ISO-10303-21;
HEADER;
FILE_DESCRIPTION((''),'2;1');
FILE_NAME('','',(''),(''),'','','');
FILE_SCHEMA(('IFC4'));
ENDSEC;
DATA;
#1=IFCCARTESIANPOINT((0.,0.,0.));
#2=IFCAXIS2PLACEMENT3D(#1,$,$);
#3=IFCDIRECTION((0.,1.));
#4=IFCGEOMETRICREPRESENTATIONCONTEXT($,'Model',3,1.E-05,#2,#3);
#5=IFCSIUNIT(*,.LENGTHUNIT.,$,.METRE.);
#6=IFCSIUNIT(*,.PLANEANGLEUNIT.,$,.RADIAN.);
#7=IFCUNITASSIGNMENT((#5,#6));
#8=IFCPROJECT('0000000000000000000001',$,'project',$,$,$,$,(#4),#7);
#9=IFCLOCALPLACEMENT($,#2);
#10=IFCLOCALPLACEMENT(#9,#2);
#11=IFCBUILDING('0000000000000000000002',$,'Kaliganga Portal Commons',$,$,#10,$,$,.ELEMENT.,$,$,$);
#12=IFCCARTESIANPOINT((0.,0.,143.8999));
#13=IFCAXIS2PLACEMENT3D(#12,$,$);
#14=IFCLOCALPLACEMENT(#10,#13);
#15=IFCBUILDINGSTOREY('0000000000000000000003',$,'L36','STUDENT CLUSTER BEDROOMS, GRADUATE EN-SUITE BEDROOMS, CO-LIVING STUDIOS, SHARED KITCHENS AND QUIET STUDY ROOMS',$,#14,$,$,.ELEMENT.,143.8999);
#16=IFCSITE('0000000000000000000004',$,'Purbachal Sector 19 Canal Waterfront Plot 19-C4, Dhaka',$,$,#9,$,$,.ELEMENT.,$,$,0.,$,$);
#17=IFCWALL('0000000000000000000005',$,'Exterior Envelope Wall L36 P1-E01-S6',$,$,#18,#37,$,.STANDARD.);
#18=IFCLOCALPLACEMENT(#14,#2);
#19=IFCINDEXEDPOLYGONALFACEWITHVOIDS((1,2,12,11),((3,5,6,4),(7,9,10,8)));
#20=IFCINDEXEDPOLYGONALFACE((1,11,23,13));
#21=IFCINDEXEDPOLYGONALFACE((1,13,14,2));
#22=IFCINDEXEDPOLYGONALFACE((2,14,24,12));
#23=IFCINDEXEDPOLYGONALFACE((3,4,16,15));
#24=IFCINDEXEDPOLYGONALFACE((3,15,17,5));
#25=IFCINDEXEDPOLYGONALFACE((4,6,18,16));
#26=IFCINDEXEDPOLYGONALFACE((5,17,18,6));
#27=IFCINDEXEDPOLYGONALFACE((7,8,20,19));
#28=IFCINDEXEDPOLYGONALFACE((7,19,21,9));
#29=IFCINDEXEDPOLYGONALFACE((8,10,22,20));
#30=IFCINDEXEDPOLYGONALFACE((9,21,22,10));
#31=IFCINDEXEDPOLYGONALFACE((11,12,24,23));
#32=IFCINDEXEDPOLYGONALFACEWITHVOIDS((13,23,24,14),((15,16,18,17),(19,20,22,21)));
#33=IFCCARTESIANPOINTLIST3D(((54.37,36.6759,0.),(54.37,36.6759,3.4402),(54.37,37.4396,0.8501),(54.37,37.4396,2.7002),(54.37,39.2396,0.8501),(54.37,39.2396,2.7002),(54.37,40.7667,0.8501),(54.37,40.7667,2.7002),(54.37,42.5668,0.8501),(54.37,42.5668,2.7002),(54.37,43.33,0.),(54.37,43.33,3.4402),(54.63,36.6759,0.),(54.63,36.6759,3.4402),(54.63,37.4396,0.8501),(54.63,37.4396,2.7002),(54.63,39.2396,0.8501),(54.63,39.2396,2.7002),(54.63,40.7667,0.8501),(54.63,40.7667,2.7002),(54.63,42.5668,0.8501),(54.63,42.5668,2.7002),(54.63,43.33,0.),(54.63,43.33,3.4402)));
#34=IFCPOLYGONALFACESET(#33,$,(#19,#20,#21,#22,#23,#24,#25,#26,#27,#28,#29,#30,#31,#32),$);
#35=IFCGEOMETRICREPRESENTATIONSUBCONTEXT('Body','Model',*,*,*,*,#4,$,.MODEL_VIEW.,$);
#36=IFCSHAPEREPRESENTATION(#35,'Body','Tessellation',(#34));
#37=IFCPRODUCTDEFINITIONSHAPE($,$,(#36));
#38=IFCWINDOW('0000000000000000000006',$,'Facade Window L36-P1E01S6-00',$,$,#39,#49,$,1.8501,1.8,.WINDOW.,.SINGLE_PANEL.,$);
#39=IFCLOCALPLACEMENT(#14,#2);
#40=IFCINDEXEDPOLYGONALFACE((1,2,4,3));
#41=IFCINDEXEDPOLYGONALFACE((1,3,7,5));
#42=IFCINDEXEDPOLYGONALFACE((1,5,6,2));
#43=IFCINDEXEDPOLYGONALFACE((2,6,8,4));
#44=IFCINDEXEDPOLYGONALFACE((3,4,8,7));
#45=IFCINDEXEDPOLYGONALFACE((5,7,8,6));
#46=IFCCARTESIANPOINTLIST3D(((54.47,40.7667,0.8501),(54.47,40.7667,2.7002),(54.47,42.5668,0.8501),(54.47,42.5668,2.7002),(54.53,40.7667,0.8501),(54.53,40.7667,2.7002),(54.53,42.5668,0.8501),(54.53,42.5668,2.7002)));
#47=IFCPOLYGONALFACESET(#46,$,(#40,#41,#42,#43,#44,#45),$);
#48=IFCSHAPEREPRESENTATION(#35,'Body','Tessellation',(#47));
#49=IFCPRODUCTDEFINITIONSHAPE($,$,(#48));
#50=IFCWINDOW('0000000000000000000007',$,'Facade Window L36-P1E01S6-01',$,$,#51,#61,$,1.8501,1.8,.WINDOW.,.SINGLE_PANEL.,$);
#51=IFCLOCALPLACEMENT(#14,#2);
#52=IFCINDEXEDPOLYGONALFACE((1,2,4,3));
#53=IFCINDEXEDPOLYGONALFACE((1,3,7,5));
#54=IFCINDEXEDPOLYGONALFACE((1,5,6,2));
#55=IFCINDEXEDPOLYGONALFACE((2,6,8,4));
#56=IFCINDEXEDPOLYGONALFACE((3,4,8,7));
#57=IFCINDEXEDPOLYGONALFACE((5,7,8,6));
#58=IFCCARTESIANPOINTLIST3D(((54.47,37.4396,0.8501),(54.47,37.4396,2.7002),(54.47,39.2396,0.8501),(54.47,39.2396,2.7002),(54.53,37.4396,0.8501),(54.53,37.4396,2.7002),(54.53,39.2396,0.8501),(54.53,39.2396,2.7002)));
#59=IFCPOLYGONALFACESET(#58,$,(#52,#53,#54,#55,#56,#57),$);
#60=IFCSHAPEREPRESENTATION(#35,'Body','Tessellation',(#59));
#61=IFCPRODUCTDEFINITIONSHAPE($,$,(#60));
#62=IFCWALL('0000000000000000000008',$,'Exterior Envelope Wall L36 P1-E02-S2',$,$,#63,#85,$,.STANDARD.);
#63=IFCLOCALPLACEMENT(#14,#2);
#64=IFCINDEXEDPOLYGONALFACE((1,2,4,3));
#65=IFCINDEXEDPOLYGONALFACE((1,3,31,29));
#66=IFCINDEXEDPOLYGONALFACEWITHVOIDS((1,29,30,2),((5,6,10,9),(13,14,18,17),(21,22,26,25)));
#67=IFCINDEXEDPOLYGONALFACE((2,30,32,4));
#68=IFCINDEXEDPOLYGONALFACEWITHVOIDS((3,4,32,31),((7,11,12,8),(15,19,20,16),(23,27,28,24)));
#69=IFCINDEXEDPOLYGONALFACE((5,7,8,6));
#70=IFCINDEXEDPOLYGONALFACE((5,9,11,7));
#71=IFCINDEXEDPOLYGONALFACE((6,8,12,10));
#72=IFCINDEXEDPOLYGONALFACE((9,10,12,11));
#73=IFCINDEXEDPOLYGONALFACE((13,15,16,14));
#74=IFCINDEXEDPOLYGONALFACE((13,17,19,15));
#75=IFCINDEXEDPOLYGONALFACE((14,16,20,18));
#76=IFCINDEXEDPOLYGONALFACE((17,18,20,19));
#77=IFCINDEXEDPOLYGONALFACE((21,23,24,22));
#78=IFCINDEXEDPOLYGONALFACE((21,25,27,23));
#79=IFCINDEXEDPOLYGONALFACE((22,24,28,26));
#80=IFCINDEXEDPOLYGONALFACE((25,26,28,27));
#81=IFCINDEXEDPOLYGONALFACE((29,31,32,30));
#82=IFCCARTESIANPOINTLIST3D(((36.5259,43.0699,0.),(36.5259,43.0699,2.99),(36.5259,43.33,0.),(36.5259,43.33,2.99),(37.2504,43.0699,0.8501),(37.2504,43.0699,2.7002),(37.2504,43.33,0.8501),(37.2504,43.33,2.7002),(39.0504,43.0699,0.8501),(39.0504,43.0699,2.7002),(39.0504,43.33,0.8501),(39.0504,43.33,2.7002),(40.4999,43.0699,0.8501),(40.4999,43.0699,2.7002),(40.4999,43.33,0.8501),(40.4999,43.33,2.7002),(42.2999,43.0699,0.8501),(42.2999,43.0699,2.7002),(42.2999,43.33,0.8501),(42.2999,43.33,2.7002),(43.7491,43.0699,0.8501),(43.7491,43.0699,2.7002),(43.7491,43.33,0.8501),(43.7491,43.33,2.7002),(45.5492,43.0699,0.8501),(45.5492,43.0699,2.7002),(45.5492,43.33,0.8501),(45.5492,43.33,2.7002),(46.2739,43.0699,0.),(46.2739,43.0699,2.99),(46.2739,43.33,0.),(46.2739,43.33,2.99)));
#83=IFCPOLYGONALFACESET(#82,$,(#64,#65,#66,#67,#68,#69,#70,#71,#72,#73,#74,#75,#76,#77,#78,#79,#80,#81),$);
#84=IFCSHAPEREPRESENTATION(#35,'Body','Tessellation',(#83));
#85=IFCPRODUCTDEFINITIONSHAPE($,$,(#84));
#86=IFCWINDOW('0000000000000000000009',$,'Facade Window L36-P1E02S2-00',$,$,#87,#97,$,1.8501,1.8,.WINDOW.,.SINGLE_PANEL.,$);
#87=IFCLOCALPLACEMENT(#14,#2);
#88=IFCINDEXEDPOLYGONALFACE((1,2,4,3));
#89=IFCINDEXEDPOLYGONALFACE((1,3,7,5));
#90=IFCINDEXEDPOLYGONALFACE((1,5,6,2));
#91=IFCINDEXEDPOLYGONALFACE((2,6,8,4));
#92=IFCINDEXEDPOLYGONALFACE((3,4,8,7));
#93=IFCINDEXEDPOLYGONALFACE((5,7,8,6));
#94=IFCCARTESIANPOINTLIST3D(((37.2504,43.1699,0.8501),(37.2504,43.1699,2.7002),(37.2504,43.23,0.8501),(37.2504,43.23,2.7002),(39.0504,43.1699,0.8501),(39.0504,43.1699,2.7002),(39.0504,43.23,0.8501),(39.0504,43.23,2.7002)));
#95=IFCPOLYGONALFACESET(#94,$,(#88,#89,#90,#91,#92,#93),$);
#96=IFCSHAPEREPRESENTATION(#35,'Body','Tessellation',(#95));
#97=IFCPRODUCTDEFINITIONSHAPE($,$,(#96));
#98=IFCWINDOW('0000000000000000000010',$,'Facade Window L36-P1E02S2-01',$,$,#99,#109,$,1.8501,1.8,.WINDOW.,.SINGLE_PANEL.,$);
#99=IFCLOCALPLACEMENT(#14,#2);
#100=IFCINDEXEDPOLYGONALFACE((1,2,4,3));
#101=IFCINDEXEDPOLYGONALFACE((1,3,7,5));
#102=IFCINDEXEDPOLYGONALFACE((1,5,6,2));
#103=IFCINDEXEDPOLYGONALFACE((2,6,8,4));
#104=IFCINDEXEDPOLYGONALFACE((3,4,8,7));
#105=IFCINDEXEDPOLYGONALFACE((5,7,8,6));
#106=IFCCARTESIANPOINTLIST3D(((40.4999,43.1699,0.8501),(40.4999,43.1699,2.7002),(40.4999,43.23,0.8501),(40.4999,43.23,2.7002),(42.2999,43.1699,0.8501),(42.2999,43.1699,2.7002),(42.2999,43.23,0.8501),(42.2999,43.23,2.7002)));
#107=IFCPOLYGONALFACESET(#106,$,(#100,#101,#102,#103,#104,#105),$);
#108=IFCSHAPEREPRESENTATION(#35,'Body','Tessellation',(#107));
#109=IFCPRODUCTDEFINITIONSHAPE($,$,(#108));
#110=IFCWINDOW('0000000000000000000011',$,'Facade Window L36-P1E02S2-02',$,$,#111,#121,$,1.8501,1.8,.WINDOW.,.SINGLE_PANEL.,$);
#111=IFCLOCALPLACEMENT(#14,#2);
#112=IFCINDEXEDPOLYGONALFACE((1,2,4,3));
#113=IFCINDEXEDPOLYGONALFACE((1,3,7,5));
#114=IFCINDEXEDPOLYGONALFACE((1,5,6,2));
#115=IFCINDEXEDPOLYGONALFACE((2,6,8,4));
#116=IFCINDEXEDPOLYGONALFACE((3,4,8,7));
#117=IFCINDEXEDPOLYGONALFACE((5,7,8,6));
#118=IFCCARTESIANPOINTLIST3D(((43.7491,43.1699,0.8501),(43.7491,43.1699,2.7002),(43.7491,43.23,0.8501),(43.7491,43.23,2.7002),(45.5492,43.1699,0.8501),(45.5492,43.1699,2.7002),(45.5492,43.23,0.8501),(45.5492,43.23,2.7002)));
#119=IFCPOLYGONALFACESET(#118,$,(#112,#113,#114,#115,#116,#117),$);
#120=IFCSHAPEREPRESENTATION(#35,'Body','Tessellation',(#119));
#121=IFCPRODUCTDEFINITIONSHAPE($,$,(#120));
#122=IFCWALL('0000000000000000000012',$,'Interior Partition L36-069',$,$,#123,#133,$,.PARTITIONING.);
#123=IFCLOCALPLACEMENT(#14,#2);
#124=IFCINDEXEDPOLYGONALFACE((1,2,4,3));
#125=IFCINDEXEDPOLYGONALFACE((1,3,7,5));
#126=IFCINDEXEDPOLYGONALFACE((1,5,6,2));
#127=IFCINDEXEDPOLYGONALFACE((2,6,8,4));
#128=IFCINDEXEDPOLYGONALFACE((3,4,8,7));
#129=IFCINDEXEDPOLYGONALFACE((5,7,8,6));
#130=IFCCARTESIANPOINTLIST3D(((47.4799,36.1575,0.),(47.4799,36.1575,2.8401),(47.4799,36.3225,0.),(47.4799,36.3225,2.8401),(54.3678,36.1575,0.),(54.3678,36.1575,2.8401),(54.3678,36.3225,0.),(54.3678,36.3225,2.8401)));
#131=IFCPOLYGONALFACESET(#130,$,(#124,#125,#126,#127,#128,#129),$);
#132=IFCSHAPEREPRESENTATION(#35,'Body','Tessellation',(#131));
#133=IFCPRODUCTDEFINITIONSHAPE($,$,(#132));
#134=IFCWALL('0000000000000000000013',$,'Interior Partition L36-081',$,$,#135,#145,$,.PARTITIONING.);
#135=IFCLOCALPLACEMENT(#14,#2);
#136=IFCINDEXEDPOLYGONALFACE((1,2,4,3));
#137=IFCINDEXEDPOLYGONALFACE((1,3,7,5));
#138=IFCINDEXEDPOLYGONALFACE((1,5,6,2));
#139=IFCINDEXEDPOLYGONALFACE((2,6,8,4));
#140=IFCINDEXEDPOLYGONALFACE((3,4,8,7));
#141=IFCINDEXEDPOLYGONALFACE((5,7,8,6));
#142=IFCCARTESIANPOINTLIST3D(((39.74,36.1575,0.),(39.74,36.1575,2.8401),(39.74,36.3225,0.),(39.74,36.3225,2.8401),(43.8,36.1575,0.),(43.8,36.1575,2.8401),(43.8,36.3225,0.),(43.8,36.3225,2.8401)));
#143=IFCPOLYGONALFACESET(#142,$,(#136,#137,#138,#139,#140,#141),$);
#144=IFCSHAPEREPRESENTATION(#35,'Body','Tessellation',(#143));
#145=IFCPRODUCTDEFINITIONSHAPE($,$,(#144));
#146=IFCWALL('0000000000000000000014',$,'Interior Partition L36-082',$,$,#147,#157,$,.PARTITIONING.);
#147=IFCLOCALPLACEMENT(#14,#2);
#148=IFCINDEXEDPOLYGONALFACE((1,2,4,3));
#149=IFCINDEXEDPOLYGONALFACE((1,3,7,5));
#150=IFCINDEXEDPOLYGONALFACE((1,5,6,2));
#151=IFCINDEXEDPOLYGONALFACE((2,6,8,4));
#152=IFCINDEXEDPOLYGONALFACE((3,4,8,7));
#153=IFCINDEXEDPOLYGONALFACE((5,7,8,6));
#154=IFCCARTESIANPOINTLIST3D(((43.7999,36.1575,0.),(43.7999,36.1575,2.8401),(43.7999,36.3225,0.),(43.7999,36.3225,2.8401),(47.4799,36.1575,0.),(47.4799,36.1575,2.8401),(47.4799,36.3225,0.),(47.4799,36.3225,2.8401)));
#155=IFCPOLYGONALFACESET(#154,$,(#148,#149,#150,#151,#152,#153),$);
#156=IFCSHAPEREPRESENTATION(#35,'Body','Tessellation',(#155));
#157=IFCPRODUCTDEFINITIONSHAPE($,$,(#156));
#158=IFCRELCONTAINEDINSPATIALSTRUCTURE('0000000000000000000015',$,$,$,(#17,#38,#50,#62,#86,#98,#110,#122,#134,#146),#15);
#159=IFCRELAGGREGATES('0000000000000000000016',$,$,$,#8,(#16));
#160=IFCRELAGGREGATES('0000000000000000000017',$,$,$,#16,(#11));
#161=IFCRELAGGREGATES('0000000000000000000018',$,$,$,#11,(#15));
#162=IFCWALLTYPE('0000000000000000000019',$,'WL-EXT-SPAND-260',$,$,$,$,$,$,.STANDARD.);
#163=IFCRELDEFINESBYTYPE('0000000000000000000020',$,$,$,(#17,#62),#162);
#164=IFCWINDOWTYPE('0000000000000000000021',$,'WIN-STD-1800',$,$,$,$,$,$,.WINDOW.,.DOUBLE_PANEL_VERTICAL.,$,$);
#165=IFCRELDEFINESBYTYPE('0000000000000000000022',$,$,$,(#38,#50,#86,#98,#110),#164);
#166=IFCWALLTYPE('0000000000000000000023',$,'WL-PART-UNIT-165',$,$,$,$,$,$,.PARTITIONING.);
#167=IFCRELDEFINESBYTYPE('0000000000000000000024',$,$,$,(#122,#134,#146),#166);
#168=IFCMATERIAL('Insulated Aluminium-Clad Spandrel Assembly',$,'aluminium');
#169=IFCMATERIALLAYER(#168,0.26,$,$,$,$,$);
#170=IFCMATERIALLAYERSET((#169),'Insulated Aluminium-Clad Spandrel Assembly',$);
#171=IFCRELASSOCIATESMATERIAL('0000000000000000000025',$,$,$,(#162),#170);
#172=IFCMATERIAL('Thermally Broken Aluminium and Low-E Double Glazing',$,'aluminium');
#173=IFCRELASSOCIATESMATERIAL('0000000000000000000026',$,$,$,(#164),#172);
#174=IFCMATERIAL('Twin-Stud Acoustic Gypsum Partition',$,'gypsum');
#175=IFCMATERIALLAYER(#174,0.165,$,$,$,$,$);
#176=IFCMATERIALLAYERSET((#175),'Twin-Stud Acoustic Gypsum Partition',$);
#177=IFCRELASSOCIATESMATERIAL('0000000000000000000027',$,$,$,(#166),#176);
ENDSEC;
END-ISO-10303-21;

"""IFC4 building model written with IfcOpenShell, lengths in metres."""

from ifc_helpers import new_model, si_unit, direction, frame, frame_2d, origin, place, context, subcontext, project, spatial, rectangle, extrude, material, layer, layer_set, type_object, element, fill, save


model = new_model("IFC4")

# Units and contexts
model_context = context("Model", 3, precision=1e-05, world=origin(), true_north=direction((0.0, 1.0)))
body_context = subcontext(model_context, "Body", "Model", "MODEL_VIEW")
ifc_project = project(units=[si_unit("LENGTHUNIT", "METRE"), si_unit("PLANEANGLEUNIT", "RADIAN")], contexts=[model_context])

# Site, building, storey
site_placement = place(None, origin())
site = spatial("IfcSite", under=ifc_project, at=site_placement, Name="Purbachal Sector 19 Canal Waterfront Plot 19-C4, Dhaka", CompositionType="ELEMENT", RefElevation=0.0)
building_placement = place(site_placement, origin())
building = spatial("IfcBuilding", under=site, at=building_placement, Name="Kaliganga Portal Commons", CompositionType="ELEMENT")
storey_placement = place(building_placement, frame((0.0, 0.0, 143.8999)))
storey = spatial("IfcBuildingStorey", under=building, at=storey_placement, Name="L36", Description="STUDENT CLUSTER BEDROOMS, GRADUATE EN-SUITE BEDROOMS, CO-LIVING STUDIOS, SHARED KITCHENS AND QUIET STUDY ROOMS", CompositionType="ELEMENT", Elevation=143.8999)

# Wall, openings, windows
ifc_material_1 = material(Name="Insulated Aluminium-Clad Spandrel Assembly", Category="aluminium")
ifc_layer_1 = layer(ifc_material_1, 0.26)
ifc_layer_set_1 = layer_set([ifc_layer_1], Name="Insulated Aluminium-Clad Spandrel Assembly")
wall_type_1 = type_object("IfcWallType", Name="WL-EXT-SPAND-260", PredefinedType="STANDARD", material=ifc_layer_set_1)
ifc_material_2 = material(Name="Thermally Broken Aluminium and Low-E Double Glazing", Category="aluminium")
window_type = type_object("IfcWindowType", Name="WIN-STD-1800", PartitioningType="DOUBLE_PANEL_VERTICAL", PredefinedType="WINDOW", material=ifc_material_2)
wall_1_placement = place(storey_placement, frame((54.5, 43.3301, 0.0), z_axis=(0.0, 0.0, 1.0), x_axis=(0.0, -1.0, 0.0)))
wall_1 = element("IfcWall", 1, at=wall_1_placement, inside=storey, type_object=wall_type_1, Name="Exterior Envelope Wall L36 P1-E01-S6", PredefinedType="STANDARD", context=body_context, shape_type="SweptSolid", body=[
    extrude(rectangle(XDim=6.6541, YDim=0.26, at=frame_2d((3.3271, 0.0))), origin(), (0.0, 0.0, 1.0), 3.4402),
])
opening_1_placement = place(wall_1_placement, frame((0.7634, 0.0, 0.8501)))
opening_1 = element("IfcOpeningElement", 2, at=opening_1_placement, cuts=wall_1, PredefinedType="OPENING", context=body_context, shape_type="SweptSolid", body=[
    extrude(rectangle(XDim=1.8, YDim=1.8501, at=frame_2d((0.8999, 0.925))), frame((0.0, 0.1401, 0.0), z_axis=(0.0, -1.0, 0.0), x_axis=(1.0, 0.0, 0.0)), (0.0, 0.0, 1.0), 0.28),
])
opening_2_placement = place(wall_1_placement, frame((4.0906, 0.0, 0.8501)))
opening_2 = element("IfcOpeningElement", 3, at=opening_2_placement, cuts=wall_1, PredefinedType="OPENING", context=body_context, shape_type="SweptSolid", body=[
    extrude(rectangle(XDim=1.8, YDim=1.8501, at=frame_2d((0.8999, 0.925))), frame((0.0, 0.1401, 0.0), z_axis=(0.0, -1.0, 0.0), x_axis=(1.0, 0.0, 0.0)), (0.0, 0.0, 1.0), 0.28),
])
window_1_placement = place(opening_1_placement, origin())
window_1 = element("IfcWindow", 4, at=window_1_placement, inside=storey, type_object=window_type, Name="Facade Window L36-P1E01S6-00", OverallHeight=1.8501, OverallWidth=1.8, PartitioningType="SINGLE_PANEL", PredefinedType="WINDOW", context=body_context, shape_type="SweptSolid", body=[
    extrude(rectangle(XDim=1.8, YDim=1.8501, at=frame_2d((0.8999, 0.925))), frame((0.0, 0.03, 0.0), z_axis=(0.0, -1.0, 0.0), x_axis=(1.0, 0.0, 0.0)), (0.0, 0.0, 1.0), 0.0601),
])
fill(opening_1, window_1)
window_2_placement = place(opening_2_placement, origin())
window_2 = element("IfcWindow", 5, at=window_2_placement, inside=storey, type_object=window_type, Name="Facade Window L36-P1E01S6-01", OverallHeight=1.8501, OverallWidth=1.8, PartitioningType="SINGLE_PANEL", PredefinedType="WINDOW", context=body_context, shape_type="SweptSolid", body=[
    extrude(rectangle(XDim=1.8, YDim=1.8501, at=frame_2d((0.8999, 0.925))), frame((0.0, 0.03, 0.0), z_axis=(0.0, -1.0, 0.0), x_axis=(1.0, 0.0, 0.0)), (0.0, 0.0, 1.0), 0.0601),
])
fill(opening_2, window_2)

# Wall, openings, windows
wall_2_placement = place(storey_placement, frame((36.5259, 43.2, 0.0), z_axis=(0.0, 0.0, 1.0), x_axis=(1.0, 0.0, 0.0)))
wall_2 = element("IfcWall", 6, at=wall_2_placement, inside=storey, type_object=wall_type_1, Name="Exterior Envelope Wall L36 P1-E02-S2", PredefinedType="STANDARD", context=body_context, shape_type="SweptSolid", body=[
    extrude(rectangle(XDim=9.748, YDim=0.26, at=frame_2d((4.874, 0.0))), origin(), (0.0, 0.0, 1.0), 2.99),
])
opening_3_placement = place(wall_2_placement, frame((0.7246, 0.0, 0.8501)))
opening_3 = element("IfcOpeningElement", 7, at=opening_3_placement, cuts=wall_2, PredefinedType="OPENING", context=body_context, shape_type="SweptSolid", body=[
    extrude(rectangle(XDim=1.8, YDim=1.8501, at=frame_2d((0.8999, 0.925))), frame((0.0, 0.1401, 0.0), z_axis=(0.0, -1.0, 0.0), x_axis=(1.0, 0.0, 0.0)), (0.0, 0.0, 1.0), 0.28),
])
opening_4_placement = place(wall_2_placement, frame((3.9741, 0.0, 0.8501)))
opening_4 = element("IfcOpeningElement", 8, at=opening_4_placement, cuts=wall_2, PredefinedType="OPENING", context=body_context, shape_type="SweptSolid", body=[
    extrude(rectangle(XDim=1.8, YDim=1.8501, at=frame_2d((0.8999, 0.925))), frame((0.0, 0.1401, 0.0), z_axis=(0.0, -1.0, 0.0), x_axis=(1.0, 0.0, 0.0)), (0.0, 0.0, 1.0), 0.28),
])
opening_5_placement = place(wall_2_placement, frame((7.2234, 0.0, 0.8501)))
opening_5 = element("IfcOpeningElement", 9, at=opening_5_placement, cuts=wall_2, PredefinedType="OPENING", context=body_context, shape_type="SweptSolid", body=[
    extrude(rectangle(XDim=1.8, YDim=1.8501, at=frame_2d((0.8999, 0.925))), frame((0.0, 0.1401, 0.0), z_axis=(0.0, -1.0, 0.0), x_axis=(1.0, 0.0, 0.0)), (0.0, 0.0, 1.0), 0.28),
])
window_3_placement = place(opening_3_placement, origin())
window_3 = element("IfcWindow", 10, at=window_3_placement, inside=storey, type_object=window_type, Name="Facade Window L36-P1E02S2-00", OverallHeight=1.8501, OverallWidth=1.8, PartitioningType="SINGLE_PANEL", PredefinedType="WINDOW", context=body_context, shape_type="SweptSolid", body=[
    extrude(rectangle(XDim=1.8, YDim=1.8501, at=frame_2d((0.8999, 0.925))), frame((0.0, 0.03, 0.0), z_axis=(0.0, -1.0, 0.0), x_axis=(1.0, 0.0, 0.0)), (0.0, 0.0, 1.0), 0.0601),
])
fill(opening_3, window_3)
window_4_placement = place(opening_4_placement, origin())
window_4 = element("IfcWindow", 11, at=window_4_placement, inside=storey, type_object=window_type, Name="Facade Window L36-P1E02S2-01", OverallHeight=1.8501, OverallWidth=1.8, PartitioningType="SINGLE_PANEL", PredefinedType="WINDOW", context=body_context, shape_type="SweptSolid", body=[
    extrude(rectangle(XDim=1.8, YDim=1.8501, at=frame_2d((0.8999, 0.925))), frame((0.0, 0.03, 0.0), z_axis=(0.0, -1.0, 0.0), x_axis=(1.0, 0.0, 0.0)), (0.0, 0.0, 1.0), 0.0601),
])
fill(opening_4, window_4)
window_5_placement = place(opening_5_placement, origin())
window_5 = element("IfcWindow", 12, at=window_5_placement, inside=storey, type_object=window_type, Name="Facade Window L36-P1E02S2-02", OverallHeight=1.8501, OverallWidth=1.8, PartitioningType="SINGLE_PANEL", PredefinedType="WINDOW", context=body_context, shape_type="SweptSolid", body=[
    extrude(rectangle(XDim=1.8, YDim=1.8501, at=frame_2d((0.8999, 0.925))), frame((0.0, 0.03, 0.0), z_axis=(0.0, -1.0, 0.0), x_axis=(1.0, 0.0, 0.0)), (0.0, 0.0, 1.0), 0.0601),
])
fill(opening_5, window_5)

# Walls
ifc_material_3 = material(Name="Twin-Stud Acoustic Gypsum Partition", Category="gypsum")
ifc_layer_2 = layer(ifc_material_3, 0.165)
ifc_layer_set_2 = layer_set([ifc_layer_2], Name="Twin-Stud Acoustic Gypsum Partition")
wall_type_2 = type_object("IfcWallType", Name="WL-PART-UNIT-165", PredefinedType="PARTITIONING", material=ifc_layer_set_2)
wall_3_placement = place(storey_placement, frame((47.48, 36.24, 0.0), z_axis=(0.0, 0.0, 1.0), x_axis=(1.0, 0.0, 0.0)))
element("IfcWall", 13, at=wall_3_placement, inside=storey, type_object=wall_type_2, Name="Interior Partition L36-069", PredefinedType="PARTITIONING", context=body_context, shape_type="SweptSolid", body=[
    extrude(rectangle(XDim=6.8879, YDim=0.165, at=frame_2d((3.4438, 0.0))), origin(), (0.0, 0.0, 1.0), 2.8401),
])
wall_4_placement = place(storey_placement, frame((39.74, 36.24, 0.0), z_axis=(0.0, 0.0, 1.0), x_axis=(1.0, 0.0, 0.0)))
element("IfcWall", 14, at=wall_4_placement, inside=storey, type_object=wall_type_2, Name="Interior Partition L36-081", PredefinedType="PARTITIONING", context=body_context, shape_type="SweptSolid", body=[
    extrude(rectangle(XDim=4.0601, YDim=0.165, at=frame_2d((2.03, 0.0))), origin(), (0.0, 0.0, 1.0), 2.8401),
])
wall_5_placement = place(storey_placement, frame((43.8, 36.24, 0.0), z_axis=(0.0, 0.0, 1.0), x_axis=(1.0, 0.0, 0.0)))
element("IfcWall", 15, at=wall_5_placement, inside=storey, type_object=wall_type_2, Name="Interior Partition L36-082", PredefinedType="PARTITIONING", context=body_context, shape_type="SweptSolid", body=[
    extrude(rectangle(XDim=3.6799, YDim=0.165, at=frame_2d((1.8398, 0.0))), origin(), (0.0, 0.0, 1.0), 2.8401),
])

save(model, "model.ifc")
